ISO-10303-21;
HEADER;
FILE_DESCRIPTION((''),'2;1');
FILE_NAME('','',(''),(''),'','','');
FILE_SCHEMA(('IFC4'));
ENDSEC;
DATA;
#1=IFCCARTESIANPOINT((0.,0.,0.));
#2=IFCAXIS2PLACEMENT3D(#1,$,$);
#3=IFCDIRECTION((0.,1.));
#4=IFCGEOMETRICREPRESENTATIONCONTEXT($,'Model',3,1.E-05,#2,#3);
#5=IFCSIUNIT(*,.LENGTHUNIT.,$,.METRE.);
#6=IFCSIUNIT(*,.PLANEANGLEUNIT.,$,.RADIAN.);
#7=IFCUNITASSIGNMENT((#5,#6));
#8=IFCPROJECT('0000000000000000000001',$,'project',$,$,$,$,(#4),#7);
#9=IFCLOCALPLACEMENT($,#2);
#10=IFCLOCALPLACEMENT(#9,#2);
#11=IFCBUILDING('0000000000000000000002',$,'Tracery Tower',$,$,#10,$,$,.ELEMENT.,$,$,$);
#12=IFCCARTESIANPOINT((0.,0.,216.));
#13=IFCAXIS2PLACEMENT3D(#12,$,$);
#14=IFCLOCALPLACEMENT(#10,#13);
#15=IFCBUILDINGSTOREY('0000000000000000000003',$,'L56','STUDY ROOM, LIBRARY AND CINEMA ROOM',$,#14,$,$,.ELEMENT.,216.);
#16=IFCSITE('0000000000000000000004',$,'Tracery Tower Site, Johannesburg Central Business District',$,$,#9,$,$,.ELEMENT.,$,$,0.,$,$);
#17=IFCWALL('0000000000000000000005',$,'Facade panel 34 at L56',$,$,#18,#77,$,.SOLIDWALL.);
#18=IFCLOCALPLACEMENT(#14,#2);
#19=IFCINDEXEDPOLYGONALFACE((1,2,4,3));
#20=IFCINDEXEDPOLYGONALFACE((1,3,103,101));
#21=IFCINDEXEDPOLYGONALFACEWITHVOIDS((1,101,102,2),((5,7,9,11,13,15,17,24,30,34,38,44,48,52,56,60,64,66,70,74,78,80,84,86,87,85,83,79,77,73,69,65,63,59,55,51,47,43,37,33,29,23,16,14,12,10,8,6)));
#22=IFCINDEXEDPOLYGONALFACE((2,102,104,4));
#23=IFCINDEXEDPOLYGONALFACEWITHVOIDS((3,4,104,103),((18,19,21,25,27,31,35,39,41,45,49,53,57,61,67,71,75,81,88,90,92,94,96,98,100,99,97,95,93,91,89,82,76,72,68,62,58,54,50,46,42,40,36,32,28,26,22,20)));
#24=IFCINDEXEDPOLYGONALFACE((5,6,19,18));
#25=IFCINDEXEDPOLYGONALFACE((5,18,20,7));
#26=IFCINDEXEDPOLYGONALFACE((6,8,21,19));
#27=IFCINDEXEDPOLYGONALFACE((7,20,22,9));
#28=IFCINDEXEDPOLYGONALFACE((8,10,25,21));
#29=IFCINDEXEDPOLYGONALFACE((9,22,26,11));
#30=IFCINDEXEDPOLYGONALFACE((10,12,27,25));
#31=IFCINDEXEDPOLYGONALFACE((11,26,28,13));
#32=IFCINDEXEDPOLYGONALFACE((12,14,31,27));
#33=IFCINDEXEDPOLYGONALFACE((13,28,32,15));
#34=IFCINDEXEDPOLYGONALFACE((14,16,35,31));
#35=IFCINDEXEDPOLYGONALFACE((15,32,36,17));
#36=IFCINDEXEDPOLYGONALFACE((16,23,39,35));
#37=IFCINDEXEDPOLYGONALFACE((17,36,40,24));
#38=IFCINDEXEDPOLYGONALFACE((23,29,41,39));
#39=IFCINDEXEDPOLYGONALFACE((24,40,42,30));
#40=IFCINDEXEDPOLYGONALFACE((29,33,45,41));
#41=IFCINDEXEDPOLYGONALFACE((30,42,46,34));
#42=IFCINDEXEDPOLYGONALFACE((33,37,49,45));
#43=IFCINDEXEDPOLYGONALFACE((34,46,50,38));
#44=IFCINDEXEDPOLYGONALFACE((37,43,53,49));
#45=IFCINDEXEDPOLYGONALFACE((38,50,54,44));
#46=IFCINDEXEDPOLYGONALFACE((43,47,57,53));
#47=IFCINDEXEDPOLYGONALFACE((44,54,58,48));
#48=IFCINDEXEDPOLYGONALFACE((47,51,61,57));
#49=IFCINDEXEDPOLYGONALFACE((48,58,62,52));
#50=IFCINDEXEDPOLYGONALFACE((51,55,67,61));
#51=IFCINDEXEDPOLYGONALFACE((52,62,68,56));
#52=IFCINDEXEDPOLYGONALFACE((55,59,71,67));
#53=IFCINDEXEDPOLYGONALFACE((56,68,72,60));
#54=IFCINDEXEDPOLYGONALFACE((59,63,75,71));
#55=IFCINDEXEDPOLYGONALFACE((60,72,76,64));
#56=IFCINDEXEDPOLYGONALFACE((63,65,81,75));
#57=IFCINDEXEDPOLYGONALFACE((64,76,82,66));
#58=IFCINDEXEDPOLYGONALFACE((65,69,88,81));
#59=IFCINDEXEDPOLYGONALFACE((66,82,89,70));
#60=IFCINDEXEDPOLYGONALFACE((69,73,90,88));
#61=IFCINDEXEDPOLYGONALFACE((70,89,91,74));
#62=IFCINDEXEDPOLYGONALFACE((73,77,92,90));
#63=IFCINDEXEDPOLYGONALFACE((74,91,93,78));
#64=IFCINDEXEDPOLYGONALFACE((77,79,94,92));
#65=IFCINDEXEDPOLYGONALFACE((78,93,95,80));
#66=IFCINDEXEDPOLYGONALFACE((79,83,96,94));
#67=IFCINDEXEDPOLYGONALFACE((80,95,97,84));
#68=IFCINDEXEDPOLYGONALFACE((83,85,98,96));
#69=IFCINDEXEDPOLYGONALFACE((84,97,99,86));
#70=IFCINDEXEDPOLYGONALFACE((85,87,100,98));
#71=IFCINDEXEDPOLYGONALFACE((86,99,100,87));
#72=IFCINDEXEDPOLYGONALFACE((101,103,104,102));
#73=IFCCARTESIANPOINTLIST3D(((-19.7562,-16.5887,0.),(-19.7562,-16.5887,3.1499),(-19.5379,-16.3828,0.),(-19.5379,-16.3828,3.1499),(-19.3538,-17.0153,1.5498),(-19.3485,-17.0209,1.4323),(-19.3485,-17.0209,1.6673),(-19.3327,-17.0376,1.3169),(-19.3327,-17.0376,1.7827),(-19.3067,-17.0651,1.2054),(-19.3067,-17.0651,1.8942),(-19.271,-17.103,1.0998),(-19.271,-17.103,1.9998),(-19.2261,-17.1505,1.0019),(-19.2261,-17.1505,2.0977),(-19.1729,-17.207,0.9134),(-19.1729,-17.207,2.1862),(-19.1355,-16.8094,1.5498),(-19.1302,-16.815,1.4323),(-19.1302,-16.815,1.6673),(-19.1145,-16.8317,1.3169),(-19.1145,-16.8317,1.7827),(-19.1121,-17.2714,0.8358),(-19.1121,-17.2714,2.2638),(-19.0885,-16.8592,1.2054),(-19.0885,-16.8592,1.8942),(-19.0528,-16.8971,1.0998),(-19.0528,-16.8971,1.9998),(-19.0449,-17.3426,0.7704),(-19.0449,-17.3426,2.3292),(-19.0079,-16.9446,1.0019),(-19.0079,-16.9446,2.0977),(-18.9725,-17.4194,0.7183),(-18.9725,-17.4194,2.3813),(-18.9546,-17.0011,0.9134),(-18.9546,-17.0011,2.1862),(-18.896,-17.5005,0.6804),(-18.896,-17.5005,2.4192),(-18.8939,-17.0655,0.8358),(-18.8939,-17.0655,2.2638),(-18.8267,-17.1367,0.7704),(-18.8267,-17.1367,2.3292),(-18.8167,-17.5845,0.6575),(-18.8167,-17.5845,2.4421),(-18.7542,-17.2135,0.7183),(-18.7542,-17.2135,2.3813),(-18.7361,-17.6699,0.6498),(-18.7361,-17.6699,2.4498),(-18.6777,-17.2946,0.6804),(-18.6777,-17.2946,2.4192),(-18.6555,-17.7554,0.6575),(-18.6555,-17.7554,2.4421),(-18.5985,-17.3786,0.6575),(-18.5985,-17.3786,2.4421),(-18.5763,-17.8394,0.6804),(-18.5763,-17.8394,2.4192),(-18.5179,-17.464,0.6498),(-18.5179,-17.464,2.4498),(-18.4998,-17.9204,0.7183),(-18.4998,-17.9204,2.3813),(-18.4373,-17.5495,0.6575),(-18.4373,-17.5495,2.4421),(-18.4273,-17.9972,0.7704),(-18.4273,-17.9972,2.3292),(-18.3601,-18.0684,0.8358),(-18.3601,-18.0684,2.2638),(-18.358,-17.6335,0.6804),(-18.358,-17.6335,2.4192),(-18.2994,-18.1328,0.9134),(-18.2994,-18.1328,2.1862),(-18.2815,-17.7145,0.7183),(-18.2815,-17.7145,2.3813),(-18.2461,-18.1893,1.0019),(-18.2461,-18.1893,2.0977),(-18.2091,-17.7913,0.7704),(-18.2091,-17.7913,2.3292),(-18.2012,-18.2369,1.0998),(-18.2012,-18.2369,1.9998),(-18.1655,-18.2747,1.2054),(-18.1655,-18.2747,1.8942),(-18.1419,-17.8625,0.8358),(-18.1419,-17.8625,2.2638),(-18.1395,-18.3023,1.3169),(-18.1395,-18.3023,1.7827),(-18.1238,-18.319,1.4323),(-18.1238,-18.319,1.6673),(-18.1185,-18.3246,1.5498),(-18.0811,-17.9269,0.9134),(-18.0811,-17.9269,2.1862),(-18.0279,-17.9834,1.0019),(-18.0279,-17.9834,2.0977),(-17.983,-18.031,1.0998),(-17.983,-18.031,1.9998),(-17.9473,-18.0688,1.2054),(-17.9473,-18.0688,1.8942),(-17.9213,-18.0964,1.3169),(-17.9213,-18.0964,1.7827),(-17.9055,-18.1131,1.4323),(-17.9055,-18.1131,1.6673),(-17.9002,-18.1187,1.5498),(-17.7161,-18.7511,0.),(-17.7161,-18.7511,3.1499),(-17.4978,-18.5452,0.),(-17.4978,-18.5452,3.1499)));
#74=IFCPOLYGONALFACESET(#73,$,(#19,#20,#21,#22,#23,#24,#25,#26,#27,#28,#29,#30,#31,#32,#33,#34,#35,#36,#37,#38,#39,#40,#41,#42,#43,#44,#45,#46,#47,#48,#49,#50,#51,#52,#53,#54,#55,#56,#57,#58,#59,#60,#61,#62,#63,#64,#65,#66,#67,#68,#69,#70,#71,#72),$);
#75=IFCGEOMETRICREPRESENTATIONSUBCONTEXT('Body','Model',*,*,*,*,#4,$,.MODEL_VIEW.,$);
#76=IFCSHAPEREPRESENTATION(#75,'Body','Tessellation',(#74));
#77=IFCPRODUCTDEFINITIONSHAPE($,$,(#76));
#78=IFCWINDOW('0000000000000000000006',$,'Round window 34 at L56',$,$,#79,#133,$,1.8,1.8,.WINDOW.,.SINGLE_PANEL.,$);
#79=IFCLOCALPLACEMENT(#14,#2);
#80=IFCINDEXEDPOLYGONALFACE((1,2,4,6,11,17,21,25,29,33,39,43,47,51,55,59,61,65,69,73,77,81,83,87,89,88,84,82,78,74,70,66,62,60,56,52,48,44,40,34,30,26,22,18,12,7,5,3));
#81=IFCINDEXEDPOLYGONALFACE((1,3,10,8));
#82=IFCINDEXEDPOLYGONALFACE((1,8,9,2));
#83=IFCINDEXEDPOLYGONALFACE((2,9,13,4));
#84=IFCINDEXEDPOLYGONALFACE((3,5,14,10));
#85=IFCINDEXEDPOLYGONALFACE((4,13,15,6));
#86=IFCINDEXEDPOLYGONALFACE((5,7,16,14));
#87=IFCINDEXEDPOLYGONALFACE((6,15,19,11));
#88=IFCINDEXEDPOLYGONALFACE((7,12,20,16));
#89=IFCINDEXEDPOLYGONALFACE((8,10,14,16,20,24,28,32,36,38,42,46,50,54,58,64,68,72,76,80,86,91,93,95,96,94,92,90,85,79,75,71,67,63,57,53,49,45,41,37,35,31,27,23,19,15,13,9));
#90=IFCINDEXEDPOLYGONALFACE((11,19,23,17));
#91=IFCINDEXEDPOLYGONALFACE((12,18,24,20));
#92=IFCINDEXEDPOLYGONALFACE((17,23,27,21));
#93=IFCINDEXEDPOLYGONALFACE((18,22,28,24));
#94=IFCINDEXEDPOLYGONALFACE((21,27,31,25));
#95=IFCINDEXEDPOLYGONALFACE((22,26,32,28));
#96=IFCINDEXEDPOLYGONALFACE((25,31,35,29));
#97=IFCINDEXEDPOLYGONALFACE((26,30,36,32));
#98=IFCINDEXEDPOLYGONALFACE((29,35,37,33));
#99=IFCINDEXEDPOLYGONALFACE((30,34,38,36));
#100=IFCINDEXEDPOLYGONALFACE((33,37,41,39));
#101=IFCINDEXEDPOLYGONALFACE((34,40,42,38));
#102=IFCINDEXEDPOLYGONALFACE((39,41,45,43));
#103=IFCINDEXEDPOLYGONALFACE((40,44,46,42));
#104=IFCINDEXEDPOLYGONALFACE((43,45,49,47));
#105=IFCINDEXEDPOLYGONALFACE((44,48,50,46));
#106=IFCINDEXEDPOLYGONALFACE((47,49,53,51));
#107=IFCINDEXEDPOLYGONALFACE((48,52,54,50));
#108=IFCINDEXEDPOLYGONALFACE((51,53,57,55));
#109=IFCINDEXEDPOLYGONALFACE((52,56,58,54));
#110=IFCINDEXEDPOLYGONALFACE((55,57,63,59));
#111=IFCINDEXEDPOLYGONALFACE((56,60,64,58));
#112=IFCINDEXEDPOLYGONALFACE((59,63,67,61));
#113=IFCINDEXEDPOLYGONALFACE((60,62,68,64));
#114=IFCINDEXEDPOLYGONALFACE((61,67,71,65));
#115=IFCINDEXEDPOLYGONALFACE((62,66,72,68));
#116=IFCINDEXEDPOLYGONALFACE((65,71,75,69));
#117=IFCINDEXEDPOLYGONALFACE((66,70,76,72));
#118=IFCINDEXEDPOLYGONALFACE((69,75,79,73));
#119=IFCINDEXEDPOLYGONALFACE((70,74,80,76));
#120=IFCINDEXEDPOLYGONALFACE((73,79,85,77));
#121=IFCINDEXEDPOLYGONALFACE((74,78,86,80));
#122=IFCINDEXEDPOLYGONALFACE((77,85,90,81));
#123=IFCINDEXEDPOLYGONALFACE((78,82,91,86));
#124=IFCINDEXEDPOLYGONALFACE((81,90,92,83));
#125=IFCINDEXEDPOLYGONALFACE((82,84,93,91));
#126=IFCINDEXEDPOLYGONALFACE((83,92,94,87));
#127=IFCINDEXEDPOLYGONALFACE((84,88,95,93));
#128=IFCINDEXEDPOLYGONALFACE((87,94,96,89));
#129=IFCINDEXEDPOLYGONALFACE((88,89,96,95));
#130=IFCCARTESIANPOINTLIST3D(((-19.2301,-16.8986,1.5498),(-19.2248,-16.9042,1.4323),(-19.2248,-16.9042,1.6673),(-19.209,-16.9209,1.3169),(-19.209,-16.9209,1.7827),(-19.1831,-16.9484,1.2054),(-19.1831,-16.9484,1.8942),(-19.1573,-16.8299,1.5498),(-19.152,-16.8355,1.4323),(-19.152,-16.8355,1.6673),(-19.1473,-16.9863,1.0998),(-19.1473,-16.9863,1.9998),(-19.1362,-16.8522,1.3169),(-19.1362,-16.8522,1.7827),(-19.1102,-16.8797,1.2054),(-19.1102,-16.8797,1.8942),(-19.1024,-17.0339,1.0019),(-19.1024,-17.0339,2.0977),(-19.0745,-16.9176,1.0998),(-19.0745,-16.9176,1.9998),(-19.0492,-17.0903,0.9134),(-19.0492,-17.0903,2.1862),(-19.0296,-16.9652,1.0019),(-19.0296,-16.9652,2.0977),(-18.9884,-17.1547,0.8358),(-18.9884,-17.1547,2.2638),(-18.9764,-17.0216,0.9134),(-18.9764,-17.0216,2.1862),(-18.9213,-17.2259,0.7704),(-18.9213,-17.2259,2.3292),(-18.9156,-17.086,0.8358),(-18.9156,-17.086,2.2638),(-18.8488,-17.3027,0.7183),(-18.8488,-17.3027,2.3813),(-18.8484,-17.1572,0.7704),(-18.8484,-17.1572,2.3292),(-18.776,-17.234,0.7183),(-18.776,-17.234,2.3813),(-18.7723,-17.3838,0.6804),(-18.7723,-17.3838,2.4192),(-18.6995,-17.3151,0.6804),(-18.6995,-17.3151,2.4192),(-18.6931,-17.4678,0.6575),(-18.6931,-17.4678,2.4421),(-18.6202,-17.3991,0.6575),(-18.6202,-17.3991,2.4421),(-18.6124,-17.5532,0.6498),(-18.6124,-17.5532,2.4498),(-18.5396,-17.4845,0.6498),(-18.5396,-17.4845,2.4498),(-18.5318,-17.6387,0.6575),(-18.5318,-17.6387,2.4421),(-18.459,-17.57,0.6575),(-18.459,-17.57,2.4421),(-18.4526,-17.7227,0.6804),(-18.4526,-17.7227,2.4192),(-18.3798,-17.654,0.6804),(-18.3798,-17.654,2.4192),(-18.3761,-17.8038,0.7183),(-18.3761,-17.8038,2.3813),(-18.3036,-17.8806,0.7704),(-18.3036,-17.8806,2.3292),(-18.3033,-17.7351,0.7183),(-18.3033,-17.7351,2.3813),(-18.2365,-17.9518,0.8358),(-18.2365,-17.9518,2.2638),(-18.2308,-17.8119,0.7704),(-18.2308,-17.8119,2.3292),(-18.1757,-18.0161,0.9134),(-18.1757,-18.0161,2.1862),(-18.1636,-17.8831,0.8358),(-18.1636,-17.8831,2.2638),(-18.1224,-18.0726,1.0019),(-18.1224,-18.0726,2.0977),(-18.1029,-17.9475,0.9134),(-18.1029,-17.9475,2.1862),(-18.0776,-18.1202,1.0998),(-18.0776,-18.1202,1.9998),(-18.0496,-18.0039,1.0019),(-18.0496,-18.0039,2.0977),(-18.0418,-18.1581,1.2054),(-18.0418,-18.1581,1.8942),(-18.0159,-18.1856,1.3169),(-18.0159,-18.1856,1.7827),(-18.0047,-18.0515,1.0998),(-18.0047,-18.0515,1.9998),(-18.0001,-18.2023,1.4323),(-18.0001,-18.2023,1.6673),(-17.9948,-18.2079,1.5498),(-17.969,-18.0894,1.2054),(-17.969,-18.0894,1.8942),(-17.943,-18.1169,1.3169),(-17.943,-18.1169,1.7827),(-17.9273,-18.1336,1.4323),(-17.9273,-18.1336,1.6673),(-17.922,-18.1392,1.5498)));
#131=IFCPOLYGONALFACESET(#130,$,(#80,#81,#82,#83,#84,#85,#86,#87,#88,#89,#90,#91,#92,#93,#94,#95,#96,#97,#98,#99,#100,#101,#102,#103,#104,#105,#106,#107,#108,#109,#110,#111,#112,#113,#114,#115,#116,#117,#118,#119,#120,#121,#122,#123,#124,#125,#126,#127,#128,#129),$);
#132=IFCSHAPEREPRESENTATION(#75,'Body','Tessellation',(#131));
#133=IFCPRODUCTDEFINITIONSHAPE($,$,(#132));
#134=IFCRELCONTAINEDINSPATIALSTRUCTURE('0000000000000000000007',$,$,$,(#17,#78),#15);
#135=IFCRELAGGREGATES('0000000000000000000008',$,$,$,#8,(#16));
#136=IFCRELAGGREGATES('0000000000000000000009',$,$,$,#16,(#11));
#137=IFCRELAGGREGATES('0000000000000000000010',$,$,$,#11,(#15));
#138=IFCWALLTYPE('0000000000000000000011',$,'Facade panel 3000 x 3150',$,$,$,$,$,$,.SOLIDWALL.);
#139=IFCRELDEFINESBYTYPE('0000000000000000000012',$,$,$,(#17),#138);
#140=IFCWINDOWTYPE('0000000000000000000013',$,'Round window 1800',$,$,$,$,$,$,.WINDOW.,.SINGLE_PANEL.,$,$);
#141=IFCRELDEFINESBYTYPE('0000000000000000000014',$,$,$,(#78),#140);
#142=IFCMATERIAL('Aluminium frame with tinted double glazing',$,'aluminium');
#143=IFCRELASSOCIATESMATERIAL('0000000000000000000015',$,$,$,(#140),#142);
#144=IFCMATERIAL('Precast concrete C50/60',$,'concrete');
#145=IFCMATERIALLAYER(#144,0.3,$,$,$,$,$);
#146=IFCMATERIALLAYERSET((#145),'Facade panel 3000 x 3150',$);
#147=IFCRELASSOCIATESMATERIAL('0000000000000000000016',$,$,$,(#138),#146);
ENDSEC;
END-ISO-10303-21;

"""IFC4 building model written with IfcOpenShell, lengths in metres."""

from ifc_helpers import new_model, si_unit, direction, frame, frame_2d, origin, origin_2d, place, context, subcontext, project, spatial, rectangle, circle, extrude, material, layer, layer_set, type_object, element, fill, save


model = new_model("IFC4")

# Units and contexts
model_context = context("Model", 3, precision=1e-05, world=origin(), true_north=direction((0.0, 1.0)))
body_context = subcontext(model_context, "Body", "Model", "MODEL_VIEW")
ifc_project = project(units=[si_unit("LENGTHUNIT", "METRE"), si_unit("PLANEANGLEUNIT", "RADIAN")], contexts=[model_context])

# Site, building, storey
site_placement = place(None, origin())
site = spatial("IfcSite", under=ifc_project, at=site_placement, Name="Tracery Tower Site, Johannesburg Central Business District", CompositionType="ELEMENT", RefElevation=0.0)
building_placement = place(site_placement, origin())
building = spatial("IfcBuilding", under=site, at=building_placement, Name="Tracery Tower", CompositionType="ELEMENT")
storey_placement = place(building_placement, frame((0.0, 0.0, 216.0)))
storey = spatial("IfcBuildingStorey", under=building, at=storey_placement, Name="L56", Description="STUDY ROOM, LIBRARY AND CINEMA ROOM", CompositionType="ELEMENT", Elevation=216.0)

# Wall, opening, window
ifc_material_1 = material(Name="Aluminium frame with tinted double glazing", Category="aluminium")
window_type = type_object("IfcWindowType", Name="Round window 1800", PartitioningType="SINGLE_PANEL", PredefinedType="WINDOW", material=ifc_material_1)
ifc_material_2 = material(Name="Precast concrete C50/60", Category="concrete")
ifc_layer_1 = layer(ifc_material_2, 0.3)
ifc_layer_set_1 = layer_set([ifc_layer_1], Name="Facade panel 3000 x 3150")
wall_type_1 = type_object("IfcWallType", Name="Facade panel 3000 x 3150", PredefinedType="SOLIDWALL", material=ifc_layer_set_1)
wall_1_placement = place(storey_placement, frame((-19.647, -16.4858, 0.0), z_axis=(0.0, 0.0, 1.0), x_axis=(0.686235, -0.72738, 0.0)))
wall_1 = element("IfcWall", 1, at=wall_1_placement, inside=storey, type_object=wall_type_1, Name="Facade panel 34 at L56", PredefinedType="SOLIDWALL", context=body_context, shape_type="SweptSolid", body=[
    extrude(rectangle(XDim=2.9729, YDim=0.3, at=frame_2d((1.4863, 0.0))), origin(), (0.0, 0.0, 1.0), 3.1499),
])
opening_1_placement = place(wall_1_placement, frame((1.4863, 0.0, 1.5498)))
opening_1 = element("IfcOpeningElement", 2, at=opening_1_placement, cuts=wall_1, PredefinedType="OPENING", context=body_context, shape_type="SweptSolid", body=[
    extrude(circle(Radius=0.9, at=origin_2d()), frame((0.0, 0.1599, 0.0), z_axis=(0.0, -1.0, 0.0), x_axis=(1.0, 0.0, 0.0)), (0.0, 0.0, 1.0), 0.3201),
])
window_1_placement = place(opening_1_placement, origin())
window_1 = element("IfcWindow", 3, at=window_1_placement, inside=storey, type_object=window_type, Name="Round window 34 at L56", OverallHeight=1.8, OverallWidth=1.8, PartitioningType="SINGLE_PANEL", PredefinedType="WINDOW", context=body_context, shape_type="SweptSolid", body=[
    extrude(circle(Radius=0.9, at=origin_2d()), frame((0.0, 0.1201, 0.0), z_axis=(0.0, -1.0, 0.0), x_axis=(1.0, 0.0, 0.0)), (0.0, 0.0, 1.0), 0.1001),
])
fill(opening_1, window_1)

save(model, "model.ifc")
